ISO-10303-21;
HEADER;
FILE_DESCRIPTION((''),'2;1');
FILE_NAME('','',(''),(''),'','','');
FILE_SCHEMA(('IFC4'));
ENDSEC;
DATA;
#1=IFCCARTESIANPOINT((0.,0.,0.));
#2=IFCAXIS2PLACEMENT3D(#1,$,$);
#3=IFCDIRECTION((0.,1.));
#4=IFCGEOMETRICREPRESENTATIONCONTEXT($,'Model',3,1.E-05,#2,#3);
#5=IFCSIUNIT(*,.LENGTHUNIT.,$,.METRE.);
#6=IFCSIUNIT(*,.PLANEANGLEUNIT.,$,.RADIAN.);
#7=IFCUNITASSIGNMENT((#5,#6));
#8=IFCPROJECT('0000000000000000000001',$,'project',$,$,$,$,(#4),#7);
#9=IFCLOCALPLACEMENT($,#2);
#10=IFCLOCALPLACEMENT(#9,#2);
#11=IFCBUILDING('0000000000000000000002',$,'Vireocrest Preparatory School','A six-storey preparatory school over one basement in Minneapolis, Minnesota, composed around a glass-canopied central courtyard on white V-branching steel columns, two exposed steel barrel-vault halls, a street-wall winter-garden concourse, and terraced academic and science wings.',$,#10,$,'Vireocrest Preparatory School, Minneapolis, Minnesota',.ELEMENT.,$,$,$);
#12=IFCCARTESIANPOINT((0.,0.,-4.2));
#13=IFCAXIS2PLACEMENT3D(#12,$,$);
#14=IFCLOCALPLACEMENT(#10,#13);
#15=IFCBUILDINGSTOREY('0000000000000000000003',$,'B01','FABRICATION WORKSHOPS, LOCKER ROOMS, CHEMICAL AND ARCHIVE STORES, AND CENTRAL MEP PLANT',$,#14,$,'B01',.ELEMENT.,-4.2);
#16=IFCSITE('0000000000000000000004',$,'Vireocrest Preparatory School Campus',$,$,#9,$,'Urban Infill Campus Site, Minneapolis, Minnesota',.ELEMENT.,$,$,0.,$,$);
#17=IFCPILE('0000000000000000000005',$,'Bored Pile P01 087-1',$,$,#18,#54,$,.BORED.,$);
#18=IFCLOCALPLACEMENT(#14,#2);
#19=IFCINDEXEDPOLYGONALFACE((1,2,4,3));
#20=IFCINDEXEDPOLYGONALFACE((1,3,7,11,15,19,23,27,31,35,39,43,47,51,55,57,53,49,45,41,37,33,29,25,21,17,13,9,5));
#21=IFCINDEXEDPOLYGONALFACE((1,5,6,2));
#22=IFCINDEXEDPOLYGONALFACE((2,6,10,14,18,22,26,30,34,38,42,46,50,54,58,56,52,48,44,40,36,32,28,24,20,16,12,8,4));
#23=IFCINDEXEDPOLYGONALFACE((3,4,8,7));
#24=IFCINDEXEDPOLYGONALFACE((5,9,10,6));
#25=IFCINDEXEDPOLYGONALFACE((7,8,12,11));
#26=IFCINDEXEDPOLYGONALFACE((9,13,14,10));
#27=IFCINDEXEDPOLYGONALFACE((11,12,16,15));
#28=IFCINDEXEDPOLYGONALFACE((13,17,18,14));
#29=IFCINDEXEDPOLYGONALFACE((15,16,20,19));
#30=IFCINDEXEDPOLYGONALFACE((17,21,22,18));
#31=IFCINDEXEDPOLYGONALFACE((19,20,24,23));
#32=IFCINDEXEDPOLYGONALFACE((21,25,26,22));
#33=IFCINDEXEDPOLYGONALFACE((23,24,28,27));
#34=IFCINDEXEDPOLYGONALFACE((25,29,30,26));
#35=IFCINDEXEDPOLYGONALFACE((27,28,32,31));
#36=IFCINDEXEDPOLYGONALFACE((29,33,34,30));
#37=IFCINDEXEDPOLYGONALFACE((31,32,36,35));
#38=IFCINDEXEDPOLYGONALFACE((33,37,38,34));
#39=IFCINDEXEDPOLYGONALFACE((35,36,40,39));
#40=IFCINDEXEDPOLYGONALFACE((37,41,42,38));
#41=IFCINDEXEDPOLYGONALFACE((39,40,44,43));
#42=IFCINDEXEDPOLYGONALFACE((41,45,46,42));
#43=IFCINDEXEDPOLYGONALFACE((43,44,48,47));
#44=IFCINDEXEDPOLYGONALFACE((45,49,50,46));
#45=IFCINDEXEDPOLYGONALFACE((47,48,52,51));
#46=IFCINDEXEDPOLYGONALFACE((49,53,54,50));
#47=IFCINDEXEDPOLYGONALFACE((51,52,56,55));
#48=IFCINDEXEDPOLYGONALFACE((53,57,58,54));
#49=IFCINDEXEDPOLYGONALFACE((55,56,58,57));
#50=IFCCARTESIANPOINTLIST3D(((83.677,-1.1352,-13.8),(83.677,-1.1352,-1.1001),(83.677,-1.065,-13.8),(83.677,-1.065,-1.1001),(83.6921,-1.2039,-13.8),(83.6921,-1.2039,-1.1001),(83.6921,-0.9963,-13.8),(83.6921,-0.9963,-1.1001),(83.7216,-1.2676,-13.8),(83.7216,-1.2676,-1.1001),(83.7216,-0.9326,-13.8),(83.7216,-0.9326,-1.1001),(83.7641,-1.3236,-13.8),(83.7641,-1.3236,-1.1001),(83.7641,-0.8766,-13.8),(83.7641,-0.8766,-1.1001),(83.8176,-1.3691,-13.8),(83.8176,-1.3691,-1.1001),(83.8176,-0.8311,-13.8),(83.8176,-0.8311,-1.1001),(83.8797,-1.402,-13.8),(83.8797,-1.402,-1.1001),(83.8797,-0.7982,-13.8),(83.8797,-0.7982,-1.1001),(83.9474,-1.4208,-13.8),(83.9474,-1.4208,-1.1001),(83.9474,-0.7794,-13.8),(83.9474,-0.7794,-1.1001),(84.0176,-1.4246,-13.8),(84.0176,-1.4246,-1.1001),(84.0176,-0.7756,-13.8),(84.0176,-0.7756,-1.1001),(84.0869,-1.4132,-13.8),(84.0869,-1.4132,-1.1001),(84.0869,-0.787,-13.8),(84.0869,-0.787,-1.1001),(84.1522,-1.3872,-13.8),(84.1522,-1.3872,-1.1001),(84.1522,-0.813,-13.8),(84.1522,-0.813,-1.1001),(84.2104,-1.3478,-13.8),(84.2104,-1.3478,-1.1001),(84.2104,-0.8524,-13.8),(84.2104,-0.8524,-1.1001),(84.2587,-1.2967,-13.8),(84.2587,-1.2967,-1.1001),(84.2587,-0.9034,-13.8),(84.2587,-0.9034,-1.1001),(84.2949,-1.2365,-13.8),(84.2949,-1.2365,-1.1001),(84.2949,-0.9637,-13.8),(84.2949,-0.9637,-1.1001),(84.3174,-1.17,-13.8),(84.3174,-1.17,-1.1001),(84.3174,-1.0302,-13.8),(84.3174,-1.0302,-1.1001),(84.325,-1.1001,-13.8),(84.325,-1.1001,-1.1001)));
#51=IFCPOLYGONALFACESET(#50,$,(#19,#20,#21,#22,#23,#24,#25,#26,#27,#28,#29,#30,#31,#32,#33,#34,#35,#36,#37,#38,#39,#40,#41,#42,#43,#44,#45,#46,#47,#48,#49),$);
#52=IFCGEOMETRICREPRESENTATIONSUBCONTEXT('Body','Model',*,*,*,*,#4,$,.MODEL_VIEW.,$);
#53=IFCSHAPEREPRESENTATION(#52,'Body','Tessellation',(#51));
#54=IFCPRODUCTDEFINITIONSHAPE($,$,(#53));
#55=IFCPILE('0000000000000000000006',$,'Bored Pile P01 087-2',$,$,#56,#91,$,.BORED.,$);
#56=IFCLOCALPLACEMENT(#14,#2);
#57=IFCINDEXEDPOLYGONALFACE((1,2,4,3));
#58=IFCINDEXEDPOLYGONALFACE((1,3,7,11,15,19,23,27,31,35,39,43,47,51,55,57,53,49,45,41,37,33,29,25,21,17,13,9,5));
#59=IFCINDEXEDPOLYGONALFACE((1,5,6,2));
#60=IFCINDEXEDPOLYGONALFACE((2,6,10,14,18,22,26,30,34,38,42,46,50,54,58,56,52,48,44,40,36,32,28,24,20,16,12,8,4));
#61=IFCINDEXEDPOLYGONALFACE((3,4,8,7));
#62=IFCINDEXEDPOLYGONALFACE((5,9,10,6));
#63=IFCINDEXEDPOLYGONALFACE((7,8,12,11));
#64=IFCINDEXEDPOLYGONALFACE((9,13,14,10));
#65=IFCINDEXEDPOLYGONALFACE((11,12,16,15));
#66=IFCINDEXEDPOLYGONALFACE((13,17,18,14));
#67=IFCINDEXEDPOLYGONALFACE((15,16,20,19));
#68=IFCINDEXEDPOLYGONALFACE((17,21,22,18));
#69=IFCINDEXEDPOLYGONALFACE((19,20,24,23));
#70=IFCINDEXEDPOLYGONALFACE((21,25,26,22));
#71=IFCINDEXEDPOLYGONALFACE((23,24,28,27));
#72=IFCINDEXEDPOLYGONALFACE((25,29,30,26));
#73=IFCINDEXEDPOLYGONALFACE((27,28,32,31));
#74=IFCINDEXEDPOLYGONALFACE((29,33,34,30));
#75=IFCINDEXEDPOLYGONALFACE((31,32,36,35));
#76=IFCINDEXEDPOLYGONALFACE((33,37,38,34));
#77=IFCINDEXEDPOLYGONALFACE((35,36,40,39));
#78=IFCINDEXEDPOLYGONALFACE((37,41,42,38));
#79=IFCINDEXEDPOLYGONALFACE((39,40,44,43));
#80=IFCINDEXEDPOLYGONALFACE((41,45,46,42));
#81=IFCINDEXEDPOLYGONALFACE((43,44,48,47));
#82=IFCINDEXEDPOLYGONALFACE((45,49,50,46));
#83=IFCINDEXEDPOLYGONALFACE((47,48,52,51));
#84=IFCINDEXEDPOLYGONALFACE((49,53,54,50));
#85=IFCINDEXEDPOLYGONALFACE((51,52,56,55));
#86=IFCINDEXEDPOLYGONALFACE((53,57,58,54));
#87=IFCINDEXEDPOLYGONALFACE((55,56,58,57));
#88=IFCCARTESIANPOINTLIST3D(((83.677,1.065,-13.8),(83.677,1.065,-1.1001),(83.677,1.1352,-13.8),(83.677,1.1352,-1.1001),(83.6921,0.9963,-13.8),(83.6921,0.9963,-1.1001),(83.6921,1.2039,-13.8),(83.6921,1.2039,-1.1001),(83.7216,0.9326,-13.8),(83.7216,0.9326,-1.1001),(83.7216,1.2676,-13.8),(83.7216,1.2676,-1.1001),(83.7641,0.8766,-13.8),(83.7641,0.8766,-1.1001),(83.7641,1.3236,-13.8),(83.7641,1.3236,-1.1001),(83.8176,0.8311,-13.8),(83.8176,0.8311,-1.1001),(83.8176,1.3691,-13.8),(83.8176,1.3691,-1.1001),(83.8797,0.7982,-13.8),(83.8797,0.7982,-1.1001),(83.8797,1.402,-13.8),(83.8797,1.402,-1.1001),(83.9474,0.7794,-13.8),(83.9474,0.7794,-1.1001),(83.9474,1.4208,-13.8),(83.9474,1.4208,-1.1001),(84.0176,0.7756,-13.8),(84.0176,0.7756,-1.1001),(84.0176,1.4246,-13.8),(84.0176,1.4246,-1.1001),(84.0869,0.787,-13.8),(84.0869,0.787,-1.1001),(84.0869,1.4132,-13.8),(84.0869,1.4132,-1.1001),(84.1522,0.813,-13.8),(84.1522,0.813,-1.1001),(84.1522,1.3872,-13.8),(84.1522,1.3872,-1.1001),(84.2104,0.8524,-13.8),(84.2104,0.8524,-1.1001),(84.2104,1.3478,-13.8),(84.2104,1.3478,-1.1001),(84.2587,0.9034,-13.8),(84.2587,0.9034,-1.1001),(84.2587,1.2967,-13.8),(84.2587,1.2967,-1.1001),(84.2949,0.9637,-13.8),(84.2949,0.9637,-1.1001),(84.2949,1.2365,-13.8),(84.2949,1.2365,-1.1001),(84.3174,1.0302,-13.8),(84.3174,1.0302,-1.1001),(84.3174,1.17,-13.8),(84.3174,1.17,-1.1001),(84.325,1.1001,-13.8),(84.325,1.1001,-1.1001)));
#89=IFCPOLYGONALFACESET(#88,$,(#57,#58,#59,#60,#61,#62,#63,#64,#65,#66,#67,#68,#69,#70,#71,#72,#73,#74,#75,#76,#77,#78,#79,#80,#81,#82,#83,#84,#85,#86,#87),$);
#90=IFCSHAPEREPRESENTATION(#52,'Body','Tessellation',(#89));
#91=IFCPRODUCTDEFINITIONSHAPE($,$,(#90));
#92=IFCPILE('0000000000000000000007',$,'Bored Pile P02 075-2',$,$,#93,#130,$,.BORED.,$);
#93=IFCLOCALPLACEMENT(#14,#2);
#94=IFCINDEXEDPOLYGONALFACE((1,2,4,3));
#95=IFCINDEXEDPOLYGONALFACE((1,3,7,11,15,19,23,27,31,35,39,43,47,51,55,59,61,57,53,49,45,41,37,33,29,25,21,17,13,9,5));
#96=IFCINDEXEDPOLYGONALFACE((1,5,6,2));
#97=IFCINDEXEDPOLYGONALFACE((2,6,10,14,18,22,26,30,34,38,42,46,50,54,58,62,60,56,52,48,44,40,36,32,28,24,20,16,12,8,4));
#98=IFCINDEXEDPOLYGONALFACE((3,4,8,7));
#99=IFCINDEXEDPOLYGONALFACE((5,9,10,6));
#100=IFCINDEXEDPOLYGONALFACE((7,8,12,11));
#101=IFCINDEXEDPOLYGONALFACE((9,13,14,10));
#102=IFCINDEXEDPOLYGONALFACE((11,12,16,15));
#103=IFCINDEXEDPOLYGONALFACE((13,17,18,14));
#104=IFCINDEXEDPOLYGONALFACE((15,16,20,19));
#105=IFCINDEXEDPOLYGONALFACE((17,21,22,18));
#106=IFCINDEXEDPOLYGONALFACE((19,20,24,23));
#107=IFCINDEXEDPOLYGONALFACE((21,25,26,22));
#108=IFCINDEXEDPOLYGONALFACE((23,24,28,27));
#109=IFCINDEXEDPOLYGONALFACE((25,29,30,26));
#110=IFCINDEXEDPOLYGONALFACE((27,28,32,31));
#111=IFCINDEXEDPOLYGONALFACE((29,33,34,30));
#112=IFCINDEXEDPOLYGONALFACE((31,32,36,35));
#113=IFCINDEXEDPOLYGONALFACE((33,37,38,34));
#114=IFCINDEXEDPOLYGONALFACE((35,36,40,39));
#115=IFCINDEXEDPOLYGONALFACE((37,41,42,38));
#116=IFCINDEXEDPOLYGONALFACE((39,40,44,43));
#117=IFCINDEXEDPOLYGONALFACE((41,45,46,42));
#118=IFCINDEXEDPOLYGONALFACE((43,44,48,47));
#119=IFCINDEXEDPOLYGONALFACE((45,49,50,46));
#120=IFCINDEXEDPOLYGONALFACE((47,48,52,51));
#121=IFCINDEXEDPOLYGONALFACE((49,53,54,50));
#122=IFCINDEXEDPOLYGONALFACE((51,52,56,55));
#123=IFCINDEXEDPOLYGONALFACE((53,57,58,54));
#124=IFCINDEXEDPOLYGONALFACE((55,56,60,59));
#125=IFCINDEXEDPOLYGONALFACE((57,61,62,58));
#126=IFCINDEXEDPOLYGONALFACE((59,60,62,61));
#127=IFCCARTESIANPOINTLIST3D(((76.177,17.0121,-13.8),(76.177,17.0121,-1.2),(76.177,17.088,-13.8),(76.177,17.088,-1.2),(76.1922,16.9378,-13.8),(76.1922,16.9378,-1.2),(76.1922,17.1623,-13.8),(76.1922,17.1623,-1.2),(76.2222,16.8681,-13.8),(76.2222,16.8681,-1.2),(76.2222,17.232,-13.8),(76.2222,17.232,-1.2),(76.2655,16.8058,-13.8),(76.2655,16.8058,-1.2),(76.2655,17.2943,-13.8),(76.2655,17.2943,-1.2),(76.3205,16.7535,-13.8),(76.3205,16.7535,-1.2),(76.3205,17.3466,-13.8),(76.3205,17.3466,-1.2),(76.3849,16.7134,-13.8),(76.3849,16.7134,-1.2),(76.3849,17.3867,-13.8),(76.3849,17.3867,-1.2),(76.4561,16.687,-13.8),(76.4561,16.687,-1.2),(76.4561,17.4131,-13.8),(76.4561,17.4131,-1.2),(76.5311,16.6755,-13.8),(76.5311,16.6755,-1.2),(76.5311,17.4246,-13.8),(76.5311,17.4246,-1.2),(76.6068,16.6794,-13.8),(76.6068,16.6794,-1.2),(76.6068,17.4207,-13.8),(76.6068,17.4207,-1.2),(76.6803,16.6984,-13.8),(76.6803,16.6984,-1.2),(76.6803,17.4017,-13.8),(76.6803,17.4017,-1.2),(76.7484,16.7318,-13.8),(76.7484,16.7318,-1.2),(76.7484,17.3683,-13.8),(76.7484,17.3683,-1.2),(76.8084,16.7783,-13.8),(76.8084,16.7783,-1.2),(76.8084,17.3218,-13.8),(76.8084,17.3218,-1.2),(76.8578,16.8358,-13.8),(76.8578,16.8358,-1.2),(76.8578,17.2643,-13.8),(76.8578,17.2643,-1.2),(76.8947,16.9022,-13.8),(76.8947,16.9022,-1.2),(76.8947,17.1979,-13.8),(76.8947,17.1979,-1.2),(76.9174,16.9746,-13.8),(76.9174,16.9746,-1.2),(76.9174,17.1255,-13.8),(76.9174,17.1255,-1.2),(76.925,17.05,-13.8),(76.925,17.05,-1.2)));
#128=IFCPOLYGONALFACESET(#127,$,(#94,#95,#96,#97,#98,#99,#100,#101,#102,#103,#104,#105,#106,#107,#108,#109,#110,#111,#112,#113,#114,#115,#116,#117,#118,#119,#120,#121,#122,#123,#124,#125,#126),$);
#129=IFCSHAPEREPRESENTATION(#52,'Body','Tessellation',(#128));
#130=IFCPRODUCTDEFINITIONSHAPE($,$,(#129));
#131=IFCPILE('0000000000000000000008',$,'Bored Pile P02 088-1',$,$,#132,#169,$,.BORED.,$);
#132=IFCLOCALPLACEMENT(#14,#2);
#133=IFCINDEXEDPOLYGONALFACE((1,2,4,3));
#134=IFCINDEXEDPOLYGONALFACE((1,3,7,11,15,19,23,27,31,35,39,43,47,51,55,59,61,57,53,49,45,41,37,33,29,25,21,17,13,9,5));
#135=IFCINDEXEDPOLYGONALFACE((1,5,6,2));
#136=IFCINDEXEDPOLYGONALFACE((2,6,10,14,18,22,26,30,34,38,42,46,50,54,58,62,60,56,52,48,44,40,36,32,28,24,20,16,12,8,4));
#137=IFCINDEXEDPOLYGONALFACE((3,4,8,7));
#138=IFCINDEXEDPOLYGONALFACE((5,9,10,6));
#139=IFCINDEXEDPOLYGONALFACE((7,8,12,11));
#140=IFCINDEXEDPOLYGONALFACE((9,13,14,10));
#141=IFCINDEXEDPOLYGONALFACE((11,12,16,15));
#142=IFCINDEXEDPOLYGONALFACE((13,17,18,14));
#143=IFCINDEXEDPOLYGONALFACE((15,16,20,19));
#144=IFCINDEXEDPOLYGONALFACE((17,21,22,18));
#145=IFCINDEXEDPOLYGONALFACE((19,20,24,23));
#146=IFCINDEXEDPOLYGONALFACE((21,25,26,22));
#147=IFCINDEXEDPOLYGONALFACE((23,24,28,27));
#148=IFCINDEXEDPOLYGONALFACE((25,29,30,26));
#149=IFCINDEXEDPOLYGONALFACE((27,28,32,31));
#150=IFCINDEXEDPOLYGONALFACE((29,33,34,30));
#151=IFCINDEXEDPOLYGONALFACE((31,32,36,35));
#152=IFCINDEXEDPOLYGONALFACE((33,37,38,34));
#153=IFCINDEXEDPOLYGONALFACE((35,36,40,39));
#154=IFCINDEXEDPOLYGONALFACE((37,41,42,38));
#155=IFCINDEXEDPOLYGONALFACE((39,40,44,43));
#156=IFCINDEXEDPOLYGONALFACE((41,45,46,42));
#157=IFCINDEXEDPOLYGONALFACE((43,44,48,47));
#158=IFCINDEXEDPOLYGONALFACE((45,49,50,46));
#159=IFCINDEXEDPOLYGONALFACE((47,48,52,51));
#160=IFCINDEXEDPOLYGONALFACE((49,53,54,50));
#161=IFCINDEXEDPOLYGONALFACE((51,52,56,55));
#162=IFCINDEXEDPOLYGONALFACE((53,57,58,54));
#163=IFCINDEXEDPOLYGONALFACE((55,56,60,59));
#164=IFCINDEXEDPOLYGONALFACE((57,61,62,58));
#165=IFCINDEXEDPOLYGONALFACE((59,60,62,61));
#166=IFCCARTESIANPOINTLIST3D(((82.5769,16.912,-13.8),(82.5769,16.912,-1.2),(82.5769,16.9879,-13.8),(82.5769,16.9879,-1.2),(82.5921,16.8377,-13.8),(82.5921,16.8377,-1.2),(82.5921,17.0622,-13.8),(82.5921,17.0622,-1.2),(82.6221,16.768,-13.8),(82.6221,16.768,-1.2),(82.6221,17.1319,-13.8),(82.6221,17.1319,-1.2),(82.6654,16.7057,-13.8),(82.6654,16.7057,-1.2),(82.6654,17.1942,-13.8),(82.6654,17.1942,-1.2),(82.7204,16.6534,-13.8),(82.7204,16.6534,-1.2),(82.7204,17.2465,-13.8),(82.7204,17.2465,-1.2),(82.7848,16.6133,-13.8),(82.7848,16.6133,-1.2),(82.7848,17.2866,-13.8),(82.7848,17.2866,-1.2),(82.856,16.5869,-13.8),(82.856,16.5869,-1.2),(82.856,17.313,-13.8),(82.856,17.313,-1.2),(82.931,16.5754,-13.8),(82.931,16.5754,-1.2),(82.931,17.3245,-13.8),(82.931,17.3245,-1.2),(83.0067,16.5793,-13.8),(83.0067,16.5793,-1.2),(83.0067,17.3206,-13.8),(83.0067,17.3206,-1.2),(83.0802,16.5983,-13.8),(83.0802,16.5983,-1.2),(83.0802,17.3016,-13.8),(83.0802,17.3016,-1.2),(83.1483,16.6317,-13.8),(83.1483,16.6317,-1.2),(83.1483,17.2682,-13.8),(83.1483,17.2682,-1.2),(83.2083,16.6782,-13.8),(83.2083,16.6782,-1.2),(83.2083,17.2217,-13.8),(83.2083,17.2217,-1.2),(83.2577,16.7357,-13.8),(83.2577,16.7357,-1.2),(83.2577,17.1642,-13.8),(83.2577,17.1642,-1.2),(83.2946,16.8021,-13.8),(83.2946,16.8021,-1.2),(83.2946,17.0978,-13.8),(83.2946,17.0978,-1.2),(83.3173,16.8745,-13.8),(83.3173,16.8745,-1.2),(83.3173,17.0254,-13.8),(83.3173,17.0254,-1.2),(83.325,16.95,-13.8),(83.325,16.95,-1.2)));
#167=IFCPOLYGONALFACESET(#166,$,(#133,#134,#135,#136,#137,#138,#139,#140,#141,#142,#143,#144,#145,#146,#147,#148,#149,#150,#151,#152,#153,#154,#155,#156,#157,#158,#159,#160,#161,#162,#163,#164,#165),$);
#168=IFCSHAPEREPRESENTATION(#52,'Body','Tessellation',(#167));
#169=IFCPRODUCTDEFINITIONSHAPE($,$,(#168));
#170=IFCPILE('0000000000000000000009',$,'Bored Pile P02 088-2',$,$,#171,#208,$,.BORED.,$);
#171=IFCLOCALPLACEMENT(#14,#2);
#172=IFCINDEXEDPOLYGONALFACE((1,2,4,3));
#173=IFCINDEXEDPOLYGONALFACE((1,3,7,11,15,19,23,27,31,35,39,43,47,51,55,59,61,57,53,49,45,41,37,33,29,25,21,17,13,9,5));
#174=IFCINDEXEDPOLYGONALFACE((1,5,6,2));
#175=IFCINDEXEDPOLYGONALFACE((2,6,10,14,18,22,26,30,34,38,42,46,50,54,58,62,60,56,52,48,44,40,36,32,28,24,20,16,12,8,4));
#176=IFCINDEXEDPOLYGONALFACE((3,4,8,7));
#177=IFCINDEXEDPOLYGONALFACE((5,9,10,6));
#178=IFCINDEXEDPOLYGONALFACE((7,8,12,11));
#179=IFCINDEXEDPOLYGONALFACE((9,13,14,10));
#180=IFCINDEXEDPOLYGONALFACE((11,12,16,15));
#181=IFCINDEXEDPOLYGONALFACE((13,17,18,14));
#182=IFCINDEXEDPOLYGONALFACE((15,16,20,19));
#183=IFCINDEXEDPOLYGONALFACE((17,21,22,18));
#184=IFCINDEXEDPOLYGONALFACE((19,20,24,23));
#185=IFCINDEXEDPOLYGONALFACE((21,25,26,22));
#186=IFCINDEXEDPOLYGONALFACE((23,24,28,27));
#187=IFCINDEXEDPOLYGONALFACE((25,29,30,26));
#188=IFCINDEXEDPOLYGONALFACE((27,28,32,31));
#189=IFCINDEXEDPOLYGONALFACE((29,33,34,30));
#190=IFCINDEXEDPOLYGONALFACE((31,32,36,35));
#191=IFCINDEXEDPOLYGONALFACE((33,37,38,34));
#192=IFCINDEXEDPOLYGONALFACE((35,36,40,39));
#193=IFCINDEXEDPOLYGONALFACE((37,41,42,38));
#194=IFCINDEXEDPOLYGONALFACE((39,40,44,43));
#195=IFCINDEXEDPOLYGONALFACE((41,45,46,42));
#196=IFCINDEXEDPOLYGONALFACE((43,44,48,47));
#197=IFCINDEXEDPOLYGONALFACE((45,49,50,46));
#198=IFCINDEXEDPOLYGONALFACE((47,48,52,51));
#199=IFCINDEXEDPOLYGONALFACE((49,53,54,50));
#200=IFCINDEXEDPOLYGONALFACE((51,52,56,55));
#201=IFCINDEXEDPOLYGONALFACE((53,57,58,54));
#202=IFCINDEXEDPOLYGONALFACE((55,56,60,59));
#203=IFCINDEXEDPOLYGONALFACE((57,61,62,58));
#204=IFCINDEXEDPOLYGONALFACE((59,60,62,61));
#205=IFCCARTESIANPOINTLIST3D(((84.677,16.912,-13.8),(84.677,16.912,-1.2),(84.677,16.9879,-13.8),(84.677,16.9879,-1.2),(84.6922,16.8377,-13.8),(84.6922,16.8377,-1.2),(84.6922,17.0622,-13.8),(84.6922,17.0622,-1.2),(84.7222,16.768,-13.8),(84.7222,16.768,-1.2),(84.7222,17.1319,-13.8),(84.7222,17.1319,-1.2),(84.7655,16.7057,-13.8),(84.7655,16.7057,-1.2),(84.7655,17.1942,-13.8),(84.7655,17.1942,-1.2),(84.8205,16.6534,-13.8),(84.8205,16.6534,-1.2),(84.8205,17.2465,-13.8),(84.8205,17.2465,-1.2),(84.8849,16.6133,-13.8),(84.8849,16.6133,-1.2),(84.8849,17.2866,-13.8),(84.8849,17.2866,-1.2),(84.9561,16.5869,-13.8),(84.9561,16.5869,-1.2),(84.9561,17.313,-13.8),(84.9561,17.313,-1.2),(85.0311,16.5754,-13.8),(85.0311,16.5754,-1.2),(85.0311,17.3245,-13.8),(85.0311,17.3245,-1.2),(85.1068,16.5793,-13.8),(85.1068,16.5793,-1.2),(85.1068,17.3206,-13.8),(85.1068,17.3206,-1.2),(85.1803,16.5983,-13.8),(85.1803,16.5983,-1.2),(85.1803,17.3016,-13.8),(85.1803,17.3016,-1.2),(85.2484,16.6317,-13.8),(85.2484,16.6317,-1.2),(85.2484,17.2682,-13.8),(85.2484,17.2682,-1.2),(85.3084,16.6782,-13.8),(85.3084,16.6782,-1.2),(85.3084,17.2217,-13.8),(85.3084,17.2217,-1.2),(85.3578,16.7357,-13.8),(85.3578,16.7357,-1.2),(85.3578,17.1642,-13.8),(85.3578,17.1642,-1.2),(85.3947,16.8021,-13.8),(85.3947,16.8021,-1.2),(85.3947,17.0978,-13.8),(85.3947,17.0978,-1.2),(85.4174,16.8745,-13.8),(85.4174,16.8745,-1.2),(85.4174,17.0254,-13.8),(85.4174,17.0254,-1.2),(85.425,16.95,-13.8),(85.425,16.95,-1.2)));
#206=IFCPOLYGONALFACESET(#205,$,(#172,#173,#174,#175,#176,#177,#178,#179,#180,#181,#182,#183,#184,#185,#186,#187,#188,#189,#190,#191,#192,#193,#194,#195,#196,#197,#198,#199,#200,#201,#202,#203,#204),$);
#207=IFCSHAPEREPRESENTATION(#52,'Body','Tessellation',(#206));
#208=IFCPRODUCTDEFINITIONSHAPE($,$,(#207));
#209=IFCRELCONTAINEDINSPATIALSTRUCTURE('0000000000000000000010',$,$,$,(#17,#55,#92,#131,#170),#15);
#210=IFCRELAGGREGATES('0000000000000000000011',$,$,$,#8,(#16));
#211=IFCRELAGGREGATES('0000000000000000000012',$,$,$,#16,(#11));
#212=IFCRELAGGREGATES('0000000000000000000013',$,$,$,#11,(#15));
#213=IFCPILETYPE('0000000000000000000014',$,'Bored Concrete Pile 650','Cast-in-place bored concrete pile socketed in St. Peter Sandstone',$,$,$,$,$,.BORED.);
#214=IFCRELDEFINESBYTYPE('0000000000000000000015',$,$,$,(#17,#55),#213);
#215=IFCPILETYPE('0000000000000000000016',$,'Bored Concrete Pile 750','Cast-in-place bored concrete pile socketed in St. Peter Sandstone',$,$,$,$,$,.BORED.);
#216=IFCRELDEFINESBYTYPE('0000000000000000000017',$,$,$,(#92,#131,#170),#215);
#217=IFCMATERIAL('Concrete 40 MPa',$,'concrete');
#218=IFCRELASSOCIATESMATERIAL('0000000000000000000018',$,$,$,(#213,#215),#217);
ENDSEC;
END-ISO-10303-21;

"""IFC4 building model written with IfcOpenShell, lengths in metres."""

from ifc_helpers import new_model, si_unit, direction, frame, origin, origin_2d, place, context, subcontext, project, spatial, circle, extrude, material, material_profile, profile_set, type_object, element, save


model = new_model("IFC4")

# Units and contexts
model_context = context("Model", 3, precision=1e-05, world=origin(), true_north=direction((0.0, 1.0)))
body_context = subcontext(model_context, "Body", "Model", "MODEL_VIEW")
ifc_project = project(units=[si_unit("LENGTHUNIT", "METRE"), si_unit("PLANEANGLEUNIT", "RADIAN")], contexts=[model_context])

# Site, building, storey
site_placement = place(None, origin())
site = spatial("IfcSite", under=ifc_project, at=site_placement, Name="Vireocrest Preparatory School Campus", LongName="Urban Infill Campus Site, Minneapolis, Minnesota", CompositionType="ELEMENT", RefElevation=0.0)
building_placement = place(site_placement, origin())
building = spatial("IfcBuilding", under=site, at=building_placement, Name="Vireocrest Preparatory School", Description="A six-storey preparatory school over one basement in Minneapolis, Minnesota, composed around a glass-canopied central courtyard on white V-branching steel columns, two exposed steel barrel-vault halls, a street-wall winter-garden concourse, and terraced academic and science wings.", LongName="Vireocrest Preparatory School, Minneapolis, Minnesota", CompositionType="ELEMENT")
storey_placement = place(building_placement, frame((0.0, 0.0, -4.2)))
storey = spatial("IfcBuildingStorey", under=building, at=storey_placement, Name="B01", Description="FABRICATION WORKSHOPS, LOCKER ROOMS, CHEMICAL AND ARCHIVE STORES, AND CENTRAL MEP PLANT", LongName="B01", CompositionType="ELEMENT", Elevation=-4.2)

# Piles
ifc_material_1 = material(Name="Concrete 40 MPa", Category="concrete")
ifc_material_profile_1 = material_profile(ifc_material_1, circle(Radius=0.325, at=origin_2d()), Name="BORED PILE 650")
ifc_profile_set_1 = profile_set([ifc_material_profile_1], Name="Concrete 40 MPa")
pile_type_1 = type_object("IfcPileType", Name="Bored Concrete Pile 650", Description="Cast-in-place bored concrete pile socketed in St. Peter Sandstone", PredefinedType="BORED", material=ifc_profile_set_1)
for number, where, z_axis, x_axis, name in (
    (1, (84.0, -1.1001, -1.1001), (0.0, 0.0, -1.0), (1.0, 0.0, 0.0), "Bored Pile P01 087-1"),
    (2, (84.0, 1.1001, -1.1001), (0.0, 0.0, -1.0), (1.0, 0.0, 0.0), "Bored Pile P01 087-2"),
):
    element("IfcPile", number, at=place(storey_placement, frame(where, z_axis=z_axis, x_axis=x_axis)), inside=storey, type_object=pile_type_1, Name=name, PredefinedType="BORED", context=body_context, shape_type="SweptSolid", body=[
        extrude(circle(Radius=0.325, at=origin_2d()), origin(), (0.0, 0.0, 1.0), 12.7),
    ])
ifc_material_profile_2 = material_profile(ifc_material_1, circle(Radius=0.375, at=origin_2d()), Name="BORED PILE 750")
ifc_profile_set_2 = profile_set([ifc_material_profile_2], Name="Concrete 40 MPa")
pile_type_2 = type_object("IfcPileType", Name="Bored Concrete Pile 750", Description="Cast-in-place bored concrete pile socketed in St. Peter Sandstone", PredefinedType="BORED", material=ifc_profile_set_2)
for number, where, z_axis, x_axis, name in (
    (3, (76.55, 17.05, -1.2), (0.0, 0.0, -1.0), (1.0, 0.0, 0.0), "Bored Pile P02 075-2"),
    (4, (82.95, 16.95, -1.2), (0.0, 0.0, -1.0), (1.0, 0.0, 0.0), "Bored Pile P02 088-1"),
    (5, (85.05, 16.95, -1.2), (0.0, 0.0, -1.0), (1.0, 0.0, 0.0), "Bored Pile P02 088-2"),
):
    element("IfcPile", number, at=place(storey_placement, frame(where, z_axis=z_axis, x_axis=x_axis)), inside=storey, type_object=pile_type_2, Name=name, PredefinedType="BORED", context=body_context, shape_type="SweptSolid", body=[
        extrude(circle(Radius=0.375, at=origin_2d()), origin(), (0.0, 0.0, 1.0), 12.6001),
    ])

save(model, "model.ifc")
